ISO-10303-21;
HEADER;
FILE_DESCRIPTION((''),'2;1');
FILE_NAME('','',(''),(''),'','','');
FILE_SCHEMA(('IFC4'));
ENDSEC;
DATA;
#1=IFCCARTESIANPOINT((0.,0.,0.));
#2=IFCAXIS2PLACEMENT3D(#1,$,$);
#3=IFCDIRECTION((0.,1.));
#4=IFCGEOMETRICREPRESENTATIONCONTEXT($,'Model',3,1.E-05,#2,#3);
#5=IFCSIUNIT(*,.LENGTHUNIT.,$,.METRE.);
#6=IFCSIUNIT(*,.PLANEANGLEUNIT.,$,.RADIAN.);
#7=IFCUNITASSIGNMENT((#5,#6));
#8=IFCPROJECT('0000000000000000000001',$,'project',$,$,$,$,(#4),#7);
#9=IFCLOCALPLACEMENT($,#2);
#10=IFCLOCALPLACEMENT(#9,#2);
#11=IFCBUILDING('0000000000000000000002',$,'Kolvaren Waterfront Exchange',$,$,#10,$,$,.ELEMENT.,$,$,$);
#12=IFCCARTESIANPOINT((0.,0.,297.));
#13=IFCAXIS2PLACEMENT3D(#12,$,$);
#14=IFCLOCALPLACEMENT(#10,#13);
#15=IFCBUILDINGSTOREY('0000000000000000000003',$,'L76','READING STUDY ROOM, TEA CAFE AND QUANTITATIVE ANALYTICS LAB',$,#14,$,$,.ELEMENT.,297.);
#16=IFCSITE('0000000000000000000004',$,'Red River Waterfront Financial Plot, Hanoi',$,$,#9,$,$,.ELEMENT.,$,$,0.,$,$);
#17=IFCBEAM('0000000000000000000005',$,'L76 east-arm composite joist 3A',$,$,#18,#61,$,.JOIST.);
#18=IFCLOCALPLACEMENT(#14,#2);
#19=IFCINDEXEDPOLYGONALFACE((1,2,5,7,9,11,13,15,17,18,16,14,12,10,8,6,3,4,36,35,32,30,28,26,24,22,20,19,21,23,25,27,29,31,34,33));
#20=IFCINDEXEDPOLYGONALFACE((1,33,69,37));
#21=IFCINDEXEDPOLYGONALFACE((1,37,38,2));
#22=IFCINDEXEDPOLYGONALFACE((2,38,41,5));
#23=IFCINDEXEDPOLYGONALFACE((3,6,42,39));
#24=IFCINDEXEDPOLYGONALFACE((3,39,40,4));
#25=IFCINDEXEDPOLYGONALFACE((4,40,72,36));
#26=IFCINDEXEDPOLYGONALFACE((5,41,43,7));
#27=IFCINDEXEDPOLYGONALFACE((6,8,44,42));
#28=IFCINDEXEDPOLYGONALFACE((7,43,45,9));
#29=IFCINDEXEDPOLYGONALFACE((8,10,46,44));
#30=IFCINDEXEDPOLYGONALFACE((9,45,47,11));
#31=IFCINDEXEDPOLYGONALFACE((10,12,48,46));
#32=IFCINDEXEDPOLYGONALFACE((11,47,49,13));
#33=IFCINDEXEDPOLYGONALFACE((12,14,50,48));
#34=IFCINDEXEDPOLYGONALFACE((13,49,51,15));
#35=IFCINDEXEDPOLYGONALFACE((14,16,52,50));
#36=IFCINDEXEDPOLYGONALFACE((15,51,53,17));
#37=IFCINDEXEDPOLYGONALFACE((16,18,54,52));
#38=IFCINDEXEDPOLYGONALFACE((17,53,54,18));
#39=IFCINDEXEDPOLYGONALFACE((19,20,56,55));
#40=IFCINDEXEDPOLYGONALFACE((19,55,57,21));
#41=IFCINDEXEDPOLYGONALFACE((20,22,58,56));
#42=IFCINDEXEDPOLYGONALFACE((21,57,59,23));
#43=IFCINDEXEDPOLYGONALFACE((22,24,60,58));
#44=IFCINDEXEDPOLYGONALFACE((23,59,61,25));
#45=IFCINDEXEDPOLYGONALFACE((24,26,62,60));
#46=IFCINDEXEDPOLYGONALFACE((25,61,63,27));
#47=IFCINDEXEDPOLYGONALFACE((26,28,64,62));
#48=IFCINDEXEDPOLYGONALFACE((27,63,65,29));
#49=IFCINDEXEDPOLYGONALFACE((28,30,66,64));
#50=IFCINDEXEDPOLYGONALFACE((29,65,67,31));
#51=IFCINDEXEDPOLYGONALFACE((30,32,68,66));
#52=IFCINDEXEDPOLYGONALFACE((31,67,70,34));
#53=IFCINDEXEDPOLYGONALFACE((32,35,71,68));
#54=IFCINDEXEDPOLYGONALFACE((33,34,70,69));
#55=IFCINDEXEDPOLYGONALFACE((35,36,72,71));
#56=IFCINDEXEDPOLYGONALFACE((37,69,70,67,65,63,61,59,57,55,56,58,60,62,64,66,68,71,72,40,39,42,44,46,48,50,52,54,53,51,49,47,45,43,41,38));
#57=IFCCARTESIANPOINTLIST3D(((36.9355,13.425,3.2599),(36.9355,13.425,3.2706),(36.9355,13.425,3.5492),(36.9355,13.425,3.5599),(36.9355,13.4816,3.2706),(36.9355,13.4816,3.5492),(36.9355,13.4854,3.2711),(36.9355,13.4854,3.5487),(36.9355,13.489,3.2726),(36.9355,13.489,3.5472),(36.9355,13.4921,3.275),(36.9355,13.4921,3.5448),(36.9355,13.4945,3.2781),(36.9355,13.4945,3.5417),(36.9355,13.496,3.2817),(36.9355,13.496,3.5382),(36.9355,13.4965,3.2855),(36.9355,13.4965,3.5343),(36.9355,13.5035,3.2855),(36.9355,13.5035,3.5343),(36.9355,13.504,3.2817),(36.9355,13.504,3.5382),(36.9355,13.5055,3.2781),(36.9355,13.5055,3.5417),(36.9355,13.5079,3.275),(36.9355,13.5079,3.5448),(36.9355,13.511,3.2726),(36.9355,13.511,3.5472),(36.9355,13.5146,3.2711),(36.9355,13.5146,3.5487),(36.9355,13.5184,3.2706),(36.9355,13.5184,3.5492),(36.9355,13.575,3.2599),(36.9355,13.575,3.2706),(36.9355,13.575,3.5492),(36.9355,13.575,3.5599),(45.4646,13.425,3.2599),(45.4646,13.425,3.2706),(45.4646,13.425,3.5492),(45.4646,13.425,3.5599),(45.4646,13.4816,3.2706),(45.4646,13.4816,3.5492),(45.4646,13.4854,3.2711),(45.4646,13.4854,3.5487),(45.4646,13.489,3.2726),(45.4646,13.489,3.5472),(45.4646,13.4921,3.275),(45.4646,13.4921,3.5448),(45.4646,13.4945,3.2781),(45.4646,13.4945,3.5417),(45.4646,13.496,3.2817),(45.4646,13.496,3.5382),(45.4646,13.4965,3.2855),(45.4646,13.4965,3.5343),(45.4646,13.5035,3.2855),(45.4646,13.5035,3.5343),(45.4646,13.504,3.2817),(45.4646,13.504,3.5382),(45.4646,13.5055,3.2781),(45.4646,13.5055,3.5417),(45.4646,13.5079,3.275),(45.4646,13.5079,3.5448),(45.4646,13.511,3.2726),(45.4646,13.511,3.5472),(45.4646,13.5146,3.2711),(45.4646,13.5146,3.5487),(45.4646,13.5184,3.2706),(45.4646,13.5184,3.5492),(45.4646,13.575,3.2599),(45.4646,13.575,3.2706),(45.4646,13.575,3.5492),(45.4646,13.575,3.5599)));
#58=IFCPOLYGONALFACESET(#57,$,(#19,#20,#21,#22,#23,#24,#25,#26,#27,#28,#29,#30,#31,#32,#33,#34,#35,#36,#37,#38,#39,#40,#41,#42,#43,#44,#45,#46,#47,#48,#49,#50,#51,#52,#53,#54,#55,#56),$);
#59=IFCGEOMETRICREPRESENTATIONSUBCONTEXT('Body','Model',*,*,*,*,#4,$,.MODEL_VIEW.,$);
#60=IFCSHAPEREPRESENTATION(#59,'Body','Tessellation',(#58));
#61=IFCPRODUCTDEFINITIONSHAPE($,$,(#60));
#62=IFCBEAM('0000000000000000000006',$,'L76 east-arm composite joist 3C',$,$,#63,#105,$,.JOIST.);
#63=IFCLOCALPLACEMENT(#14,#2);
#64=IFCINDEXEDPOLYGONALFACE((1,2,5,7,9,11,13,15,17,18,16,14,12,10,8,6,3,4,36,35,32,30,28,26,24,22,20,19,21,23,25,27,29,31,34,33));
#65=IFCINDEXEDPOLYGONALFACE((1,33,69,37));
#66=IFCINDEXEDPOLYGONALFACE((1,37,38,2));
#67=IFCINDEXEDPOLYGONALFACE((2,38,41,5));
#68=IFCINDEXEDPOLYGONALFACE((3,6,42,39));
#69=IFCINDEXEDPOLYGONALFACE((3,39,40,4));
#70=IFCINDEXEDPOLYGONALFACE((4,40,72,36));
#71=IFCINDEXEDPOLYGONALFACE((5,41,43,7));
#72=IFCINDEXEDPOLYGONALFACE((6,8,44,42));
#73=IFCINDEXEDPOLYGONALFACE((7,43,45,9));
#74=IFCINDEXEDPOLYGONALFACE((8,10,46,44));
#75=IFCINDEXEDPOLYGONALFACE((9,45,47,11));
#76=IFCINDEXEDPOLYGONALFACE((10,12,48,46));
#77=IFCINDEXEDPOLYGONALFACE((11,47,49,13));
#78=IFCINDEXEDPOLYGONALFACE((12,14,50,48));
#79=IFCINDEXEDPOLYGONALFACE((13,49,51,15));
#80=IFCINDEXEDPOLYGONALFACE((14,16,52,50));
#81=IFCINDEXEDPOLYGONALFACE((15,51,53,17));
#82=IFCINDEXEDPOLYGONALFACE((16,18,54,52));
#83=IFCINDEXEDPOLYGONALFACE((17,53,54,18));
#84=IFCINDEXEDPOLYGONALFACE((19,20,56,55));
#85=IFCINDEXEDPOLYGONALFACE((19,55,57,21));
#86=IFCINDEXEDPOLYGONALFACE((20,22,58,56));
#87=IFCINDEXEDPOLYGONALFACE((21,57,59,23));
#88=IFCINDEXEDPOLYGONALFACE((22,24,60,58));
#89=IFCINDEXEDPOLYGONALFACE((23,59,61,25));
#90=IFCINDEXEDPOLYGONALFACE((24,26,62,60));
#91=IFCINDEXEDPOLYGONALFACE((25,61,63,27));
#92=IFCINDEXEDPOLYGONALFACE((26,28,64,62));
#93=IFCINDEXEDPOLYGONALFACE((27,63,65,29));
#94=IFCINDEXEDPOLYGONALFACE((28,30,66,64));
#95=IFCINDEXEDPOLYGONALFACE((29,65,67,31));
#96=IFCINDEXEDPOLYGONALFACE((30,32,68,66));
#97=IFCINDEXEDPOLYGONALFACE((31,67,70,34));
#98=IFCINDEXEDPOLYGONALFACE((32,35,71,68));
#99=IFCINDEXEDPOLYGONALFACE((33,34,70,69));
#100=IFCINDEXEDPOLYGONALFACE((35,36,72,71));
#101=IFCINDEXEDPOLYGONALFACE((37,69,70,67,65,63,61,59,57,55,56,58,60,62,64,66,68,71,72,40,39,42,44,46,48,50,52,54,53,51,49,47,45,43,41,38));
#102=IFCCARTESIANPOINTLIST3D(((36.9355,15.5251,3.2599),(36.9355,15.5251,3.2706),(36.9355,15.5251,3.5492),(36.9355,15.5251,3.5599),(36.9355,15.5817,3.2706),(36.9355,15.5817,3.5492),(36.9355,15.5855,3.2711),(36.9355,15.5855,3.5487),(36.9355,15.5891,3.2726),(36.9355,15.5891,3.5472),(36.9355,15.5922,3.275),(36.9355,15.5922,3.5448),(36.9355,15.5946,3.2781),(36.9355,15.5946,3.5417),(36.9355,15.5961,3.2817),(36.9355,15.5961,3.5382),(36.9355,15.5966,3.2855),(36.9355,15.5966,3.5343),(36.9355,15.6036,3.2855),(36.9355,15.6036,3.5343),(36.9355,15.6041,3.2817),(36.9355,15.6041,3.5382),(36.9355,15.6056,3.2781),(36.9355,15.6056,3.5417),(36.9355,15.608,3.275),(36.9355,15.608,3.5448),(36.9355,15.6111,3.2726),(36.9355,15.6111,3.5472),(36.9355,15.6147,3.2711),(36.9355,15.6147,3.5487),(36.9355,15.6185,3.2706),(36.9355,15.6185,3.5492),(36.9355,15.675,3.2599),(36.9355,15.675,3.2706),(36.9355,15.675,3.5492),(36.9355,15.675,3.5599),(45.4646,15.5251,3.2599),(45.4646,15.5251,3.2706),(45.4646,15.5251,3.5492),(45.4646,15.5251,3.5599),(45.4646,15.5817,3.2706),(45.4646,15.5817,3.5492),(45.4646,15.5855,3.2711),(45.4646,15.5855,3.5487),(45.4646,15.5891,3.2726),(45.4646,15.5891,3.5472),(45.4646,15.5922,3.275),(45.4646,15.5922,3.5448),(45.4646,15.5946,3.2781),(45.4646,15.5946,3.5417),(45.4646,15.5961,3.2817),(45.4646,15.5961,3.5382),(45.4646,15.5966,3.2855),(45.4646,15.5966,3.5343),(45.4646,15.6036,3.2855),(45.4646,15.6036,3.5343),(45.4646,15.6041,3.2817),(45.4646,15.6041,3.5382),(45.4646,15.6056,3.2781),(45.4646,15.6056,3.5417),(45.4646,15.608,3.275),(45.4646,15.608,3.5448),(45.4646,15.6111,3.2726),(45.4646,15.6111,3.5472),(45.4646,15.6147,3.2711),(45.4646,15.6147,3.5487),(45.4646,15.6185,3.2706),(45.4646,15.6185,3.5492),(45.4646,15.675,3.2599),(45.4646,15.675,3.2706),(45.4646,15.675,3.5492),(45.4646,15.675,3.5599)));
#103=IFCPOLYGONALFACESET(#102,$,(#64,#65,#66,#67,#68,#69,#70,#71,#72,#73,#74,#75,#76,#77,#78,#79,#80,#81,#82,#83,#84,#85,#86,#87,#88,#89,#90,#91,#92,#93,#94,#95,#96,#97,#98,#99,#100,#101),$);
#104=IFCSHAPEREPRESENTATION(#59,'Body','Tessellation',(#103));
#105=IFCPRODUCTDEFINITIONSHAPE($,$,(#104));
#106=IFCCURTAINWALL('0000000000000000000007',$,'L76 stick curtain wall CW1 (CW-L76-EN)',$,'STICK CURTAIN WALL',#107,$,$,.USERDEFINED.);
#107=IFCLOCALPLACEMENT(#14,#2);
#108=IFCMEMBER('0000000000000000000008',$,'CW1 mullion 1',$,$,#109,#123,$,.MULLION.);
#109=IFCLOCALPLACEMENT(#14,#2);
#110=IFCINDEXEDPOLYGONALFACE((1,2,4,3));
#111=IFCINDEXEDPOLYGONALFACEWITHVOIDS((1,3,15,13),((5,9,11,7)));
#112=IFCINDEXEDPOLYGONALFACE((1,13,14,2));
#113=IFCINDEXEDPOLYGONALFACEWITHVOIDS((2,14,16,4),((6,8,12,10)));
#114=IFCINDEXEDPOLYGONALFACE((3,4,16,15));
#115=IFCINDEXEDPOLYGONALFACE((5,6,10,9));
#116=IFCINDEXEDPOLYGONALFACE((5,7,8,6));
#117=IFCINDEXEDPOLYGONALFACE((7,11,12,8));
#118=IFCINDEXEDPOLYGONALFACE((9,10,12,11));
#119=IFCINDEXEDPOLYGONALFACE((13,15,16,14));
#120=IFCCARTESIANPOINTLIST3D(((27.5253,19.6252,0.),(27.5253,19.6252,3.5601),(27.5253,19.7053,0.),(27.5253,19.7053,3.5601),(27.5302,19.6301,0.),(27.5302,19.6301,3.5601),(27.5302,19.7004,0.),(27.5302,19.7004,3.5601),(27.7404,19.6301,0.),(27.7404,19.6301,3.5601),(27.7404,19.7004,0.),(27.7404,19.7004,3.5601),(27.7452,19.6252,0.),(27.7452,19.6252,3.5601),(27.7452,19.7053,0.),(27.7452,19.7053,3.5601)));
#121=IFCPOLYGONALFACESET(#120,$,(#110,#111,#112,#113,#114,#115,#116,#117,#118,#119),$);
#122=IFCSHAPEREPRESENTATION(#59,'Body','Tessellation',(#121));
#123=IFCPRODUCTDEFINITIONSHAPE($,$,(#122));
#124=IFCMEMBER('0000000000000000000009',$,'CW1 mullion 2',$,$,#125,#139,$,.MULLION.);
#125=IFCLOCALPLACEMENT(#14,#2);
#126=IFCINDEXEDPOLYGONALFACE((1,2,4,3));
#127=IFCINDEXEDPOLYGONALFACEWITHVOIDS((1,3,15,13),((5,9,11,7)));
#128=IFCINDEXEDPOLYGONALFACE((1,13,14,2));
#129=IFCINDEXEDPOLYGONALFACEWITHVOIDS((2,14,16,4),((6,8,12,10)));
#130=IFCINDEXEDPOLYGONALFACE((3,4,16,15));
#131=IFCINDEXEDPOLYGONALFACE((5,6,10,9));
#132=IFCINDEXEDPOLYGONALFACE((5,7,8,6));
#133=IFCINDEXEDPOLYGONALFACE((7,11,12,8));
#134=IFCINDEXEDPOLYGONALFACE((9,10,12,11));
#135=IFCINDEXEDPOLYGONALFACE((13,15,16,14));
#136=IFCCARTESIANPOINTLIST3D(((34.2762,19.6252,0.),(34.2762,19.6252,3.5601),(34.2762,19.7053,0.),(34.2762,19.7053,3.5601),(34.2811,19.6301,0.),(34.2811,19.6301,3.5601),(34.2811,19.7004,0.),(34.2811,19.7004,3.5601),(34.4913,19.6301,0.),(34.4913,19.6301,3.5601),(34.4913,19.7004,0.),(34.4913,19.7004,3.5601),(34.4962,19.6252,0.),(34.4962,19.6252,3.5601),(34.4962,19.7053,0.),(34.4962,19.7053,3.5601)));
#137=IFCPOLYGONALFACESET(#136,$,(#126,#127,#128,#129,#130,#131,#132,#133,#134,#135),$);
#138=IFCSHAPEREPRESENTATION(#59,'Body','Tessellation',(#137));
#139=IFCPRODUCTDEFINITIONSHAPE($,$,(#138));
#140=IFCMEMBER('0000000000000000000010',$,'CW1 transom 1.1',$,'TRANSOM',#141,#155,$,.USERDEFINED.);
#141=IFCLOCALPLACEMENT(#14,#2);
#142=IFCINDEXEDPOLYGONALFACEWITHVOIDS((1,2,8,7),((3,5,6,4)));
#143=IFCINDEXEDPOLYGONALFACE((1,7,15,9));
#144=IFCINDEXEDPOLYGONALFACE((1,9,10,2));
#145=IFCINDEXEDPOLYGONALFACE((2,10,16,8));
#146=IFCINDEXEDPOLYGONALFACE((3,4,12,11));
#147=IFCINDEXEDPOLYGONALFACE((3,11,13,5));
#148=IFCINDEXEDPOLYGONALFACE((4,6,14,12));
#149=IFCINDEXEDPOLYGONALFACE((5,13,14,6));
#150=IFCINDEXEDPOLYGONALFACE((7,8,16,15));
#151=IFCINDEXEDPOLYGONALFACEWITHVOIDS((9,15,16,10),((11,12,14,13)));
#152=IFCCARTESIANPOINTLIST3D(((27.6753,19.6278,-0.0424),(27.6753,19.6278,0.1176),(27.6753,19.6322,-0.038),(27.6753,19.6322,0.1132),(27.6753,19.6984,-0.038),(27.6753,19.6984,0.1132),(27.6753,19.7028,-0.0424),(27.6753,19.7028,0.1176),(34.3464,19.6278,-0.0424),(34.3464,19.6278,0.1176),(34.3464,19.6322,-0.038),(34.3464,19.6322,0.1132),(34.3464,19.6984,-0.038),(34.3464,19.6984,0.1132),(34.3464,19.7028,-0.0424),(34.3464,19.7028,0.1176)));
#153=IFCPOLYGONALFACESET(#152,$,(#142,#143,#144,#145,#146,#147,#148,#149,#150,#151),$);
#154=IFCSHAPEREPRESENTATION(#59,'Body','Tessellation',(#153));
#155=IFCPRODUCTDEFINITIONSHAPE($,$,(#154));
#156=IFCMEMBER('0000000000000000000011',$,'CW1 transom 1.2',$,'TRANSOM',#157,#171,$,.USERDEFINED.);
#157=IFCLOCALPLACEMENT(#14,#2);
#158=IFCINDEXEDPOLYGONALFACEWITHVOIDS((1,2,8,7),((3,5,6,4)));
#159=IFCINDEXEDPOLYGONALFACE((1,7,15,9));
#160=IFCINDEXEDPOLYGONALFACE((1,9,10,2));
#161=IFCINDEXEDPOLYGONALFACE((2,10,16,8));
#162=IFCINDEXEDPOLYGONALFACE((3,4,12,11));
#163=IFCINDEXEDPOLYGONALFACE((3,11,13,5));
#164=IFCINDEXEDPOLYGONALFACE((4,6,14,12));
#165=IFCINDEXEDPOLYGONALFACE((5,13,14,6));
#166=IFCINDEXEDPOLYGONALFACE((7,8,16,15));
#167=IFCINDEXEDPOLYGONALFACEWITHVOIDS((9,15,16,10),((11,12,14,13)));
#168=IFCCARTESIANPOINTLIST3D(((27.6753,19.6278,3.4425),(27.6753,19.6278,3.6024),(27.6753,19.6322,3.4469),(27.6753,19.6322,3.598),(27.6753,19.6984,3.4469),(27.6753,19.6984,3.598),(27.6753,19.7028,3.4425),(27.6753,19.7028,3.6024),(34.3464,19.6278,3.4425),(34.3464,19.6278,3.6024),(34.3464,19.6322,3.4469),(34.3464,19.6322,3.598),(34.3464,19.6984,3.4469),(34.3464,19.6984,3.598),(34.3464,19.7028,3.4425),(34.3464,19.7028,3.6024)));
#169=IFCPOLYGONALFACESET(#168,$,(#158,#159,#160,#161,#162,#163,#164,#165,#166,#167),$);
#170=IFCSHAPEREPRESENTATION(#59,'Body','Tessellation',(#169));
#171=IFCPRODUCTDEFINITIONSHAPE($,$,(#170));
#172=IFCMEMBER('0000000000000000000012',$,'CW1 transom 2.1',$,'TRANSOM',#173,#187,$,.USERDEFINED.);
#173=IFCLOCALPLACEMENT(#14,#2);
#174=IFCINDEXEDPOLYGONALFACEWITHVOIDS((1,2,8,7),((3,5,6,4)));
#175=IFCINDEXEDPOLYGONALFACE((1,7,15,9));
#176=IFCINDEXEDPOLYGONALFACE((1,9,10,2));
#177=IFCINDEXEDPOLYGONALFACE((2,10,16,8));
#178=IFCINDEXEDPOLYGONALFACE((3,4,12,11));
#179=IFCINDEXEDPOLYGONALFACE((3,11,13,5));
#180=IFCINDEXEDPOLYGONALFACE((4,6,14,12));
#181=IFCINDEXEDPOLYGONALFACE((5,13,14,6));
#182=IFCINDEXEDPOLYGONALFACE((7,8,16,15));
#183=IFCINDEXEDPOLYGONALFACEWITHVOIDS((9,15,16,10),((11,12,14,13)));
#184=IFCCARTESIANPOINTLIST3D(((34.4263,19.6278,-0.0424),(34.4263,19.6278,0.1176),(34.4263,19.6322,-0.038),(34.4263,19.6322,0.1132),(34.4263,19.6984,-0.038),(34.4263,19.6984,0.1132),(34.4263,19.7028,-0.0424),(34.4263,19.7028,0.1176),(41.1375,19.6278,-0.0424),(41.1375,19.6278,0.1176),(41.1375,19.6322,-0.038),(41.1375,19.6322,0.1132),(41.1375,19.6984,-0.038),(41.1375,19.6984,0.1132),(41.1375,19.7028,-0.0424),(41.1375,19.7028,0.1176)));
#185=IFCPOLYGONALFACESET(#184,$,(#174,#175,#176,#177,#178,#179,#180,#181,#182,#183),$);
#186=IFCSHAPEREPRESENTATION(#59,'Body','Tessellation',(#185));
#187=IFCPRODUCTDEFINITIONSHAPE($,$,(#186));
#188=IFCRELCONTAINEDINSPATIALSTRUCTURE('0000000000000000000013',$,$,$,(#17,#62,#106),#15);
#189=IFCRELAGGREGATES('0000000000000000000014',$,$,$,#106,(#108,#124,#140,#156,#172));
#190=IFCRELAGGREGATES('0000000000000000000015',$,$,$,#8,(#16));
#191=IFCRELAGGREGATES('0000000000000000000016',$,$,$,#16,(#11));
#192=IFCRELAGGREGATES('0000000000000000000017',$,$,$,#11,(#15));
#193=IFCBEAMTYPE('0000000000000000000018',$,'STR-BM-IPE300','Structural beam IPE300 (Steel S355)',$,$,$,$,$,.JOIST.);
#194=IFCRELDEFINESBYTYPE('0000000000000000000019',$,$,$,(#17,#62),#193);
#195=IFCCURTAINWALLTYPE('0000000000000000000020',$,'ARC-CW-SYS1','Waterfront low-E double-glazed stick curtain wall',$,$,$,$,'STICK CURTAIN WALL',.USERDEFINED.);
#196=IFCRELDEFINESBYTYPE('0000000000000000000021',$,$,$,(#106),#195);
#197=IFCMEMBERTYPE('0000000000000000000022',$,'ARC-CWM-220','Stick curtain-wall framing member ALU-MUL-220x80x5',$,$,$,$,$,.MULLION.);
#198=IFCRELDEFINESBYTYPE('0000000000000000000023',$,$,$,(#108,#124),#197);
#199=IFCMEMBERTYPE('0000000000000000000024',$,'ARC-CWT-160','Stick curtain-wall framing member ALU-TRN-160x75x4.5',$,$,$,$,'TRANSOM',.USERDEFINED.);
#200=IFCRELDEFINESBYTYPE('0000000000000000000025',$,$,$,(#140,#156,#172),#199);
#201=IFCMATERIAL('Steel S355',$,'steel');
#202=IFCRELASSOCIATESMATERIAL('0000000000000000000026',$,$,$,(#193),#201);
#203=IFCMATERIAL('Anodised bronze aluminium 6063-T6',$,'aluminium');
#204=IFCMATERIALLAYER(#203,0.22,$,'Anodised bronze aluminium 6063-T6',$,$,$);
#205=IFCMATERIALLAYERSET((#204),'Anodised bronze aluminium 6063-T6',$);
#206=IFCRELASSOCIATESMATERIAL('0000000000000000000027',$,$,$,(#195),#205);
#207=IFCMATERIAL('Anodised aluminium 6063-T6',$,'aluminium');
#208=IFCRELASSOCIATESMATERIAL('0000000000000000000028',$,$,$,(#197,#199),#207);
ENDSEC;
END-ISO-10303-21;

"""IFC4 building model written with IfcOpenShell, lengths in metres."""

from ifc_helpers import new_model, si_unit, direction, frame, origin, origin_with_axes, origin_2d, place, context, subcontext, project, spatial, hollow_rectangle, i_section, extrude, source, transform, mapped, material, layer, layer_set, material_profile, profile_set, type_object, element, aggregate, save


model = new_model("IFC4")

# Units and contexts
model_context = context("Model", 3, precision=1e-05, world=origin(), true_north=direction((0.0, 1.0)))
body_context = subcontext(model_context, "Body", "Model", "MODEL_VIEW")
ifc_project = project(units=[si_unit("LENGTHUNIT", "METRE"), si_unit("PLANEANGLEUNIT", "RADIAN")], contexts=[model_context])

# Site, building, storey
site_placement = place(None, origin())
site = spatial("IfcSite", under=ifc_project, at=site_placement, Name="Red River Waterfront Financial Plot, Hanoi", CompositionType="ELEMENT", RefElevation=0.0)
building_placement = place(site_placement, origin())
building = spatial("IfcBuilding", under=site, at=building_placement, Name="Kolvaren Waterfront Exchange", CompositionType="ELEMENT")
storey_placement = place(building_placement, frame((0.0, 0.0, 297.0)))
storey = spatial("IfcBuildingStorey", under=building, at=storey_placement, Name="L76", Description="READING STUDY ROOM, TEA CAFE AND QUANTITATIVE ANALYTICS LAB", CompositionType="ELEMENT", Elevation=297.0)

# Beams
ifc_material_1 = material(Name="Steel S355", Category="steel")
ifc_material_profile_1 = material_profile(ifc_material_1, i_section(OverallWidth=0.1499, OverallDepth=0.3, WebThickness=0.0071, FlangeThickness=0.0107, FilletRadius=0.0149, at=origin_2d()), Name="IPE300")
ifc_profile_set_1 = profile_set([ifc_material_profile_1], Name="Steel S355")
beam_type_1 = type_object("IfcBeamType", Name="STR-BM-IPE300", Description="Structural beam IPE300 (Steel S355)", PredefinedType="JOIST", material=ifc_profile_set_1)
for number, where, z_axis, x_axis, name in (
    (1, (36.9355, 13.5, 3.4099), (1.0, 0.0, 0.0), (0.0, 1.0, 0.0), "L76 east-arm composite joist 3A"),
    (2, (36.9355, 15.6001, 3.4099), (1.0, 0.0, 0.0), (0.0, 1.0, 0.0), "L76 east-arm composite joist 3C"),
):
    element("IfcBeam", number, at=place(storey_placement, frame(where, z_axis=z_axis, x_axis=x_axis)), inside=storey, type_object=beam_type_1, Name=name, PredefinedType="JOIST", context=body_context, shape_type="SweptSolid", body=[
        extrude(i_section(OverallWidth=0.1499, OverallDepth=0.3, WebThickness=0.0071, FlangeThickness=0.0107, FilletRadius=0.0149, at=origin_2d()), origin(), (0.0, 0.0, 1.0), 8.5291),
    ])

# Curtain wall, members
ifc_material_2 = material(Name="Anodised bronze aluminium 6063-T6", Category="aluminium")
ifc_layer_1 = layer(ifc_material_2, 0.22, Name="Anodised bronze aluminium 6063-T6")
ifc_layer_set_1 = layer_set([ifc_layer_1], Name="Anodised bronze aluminium 6063-T6")
curtain_wall_type = type_object("IfcCurtainWallType", Name="ARC-CW-SYS1", Description="Waterfront low-E double-glazed stick curtain wall", ElementType="STICK CURTAIN WALL", PredefinedType="USERDEFINED", material=ifc_layer_set_1)
curtain_wall_placement = place(storey_placement, origin())
curtain_wall = element("IfcCurtainWall", 3, at=curtain_wall_placement, inside=storey, type_object=curtain_wall_type, Name="L76 stick curtain wall CW1 (CW-L76-EN)", ObjectType="STICK CURTAIN WALL", PredefinedType="USERDEFINED")
ifc_material_3 = material(Name="Anodised aluminium 6063-T6", Category="aluminium")
ifc_material_profile_2 = material_profile(ifc_material_3, hollow_rectangle(XDim=0.0801, YDim=0.22, WallThickness=0.0049, at=origin_2d()), Name="ALU-MUL-220x80x5")
ifc_profile_set_2 = profile_set([ifc_material_profile_2], Name="Anodised aluminium 6063-T6")
member_type_1 = type_object("IfcMemberType", Name="ARC-CWM-220", Description="Stick curtain-wall framing member ALU-MUL-220x80x5", PredefinedType="MULLION", material=ifc_profile_set_2)
shared_shape_1 = source(origin_with_axes(), body_context, "Body", "SweptSolid", [
    extrude(hollow_rectangle(XDim=0.0801, YDim=0.22, WallThickness=0.0049, at=origin_2d()), origin(), (0.0, 0.0, 1.0), 3.5601),
])
member_1_placement = place(storey_placement, frame((27.6353, 19.6653, 0.0), z_axis=(0.0, 0.0, 1.0), x_axis=(0.0, 1.0, 0.0)))
member_1 = element("IfcMember", 4, at=member_1_placement, type_object=member_type_1, Name="CW1 mullion 1", PredefinedType="MULLION", context=body_context, shape_type="MappedRepresentation", body=[
    mapped(shared_shape_1, transform((0.0, 0.0, 0.0), x_axis=(1.0, 0.0, 0.0), y_axis=(0.0, 1.0, 0.0), z_axis=(0.0, 0.0, 1.0), scale=1.0)),
])
member_2_placement = place(storey_placement, frame((34.3862, 19.6653, 0.0), z_axis=(0.0, 0.0, 1.0), x_axis=(0.0, 1.0, 0.0)))
member_2 = element("IfcMember", 5, at=member_2_placement, type_object=member_type_1, Name="CW1 mullion 2", PredefinedType="MULLION", context=body_context, shape_type="MappedRepresentation", body=[
    mapped(shared_shape_1, transform((0.0, 0.0, 0.0), x_axis=(1.0, 0.0, 0.0), y_axis=(0.0, 1.0, 0.0), z_axis=(0.0, 0.0, 1.0), scale=1.0)),
])
ifc_material_profile_3 = material_profile(ifc_material_3, hollow_rectangle(XDim=0.075, YDim=0.1599, WallThickness=0.0044, at=origin_2d()), Name="ALU-TRN-160x75x4.5")
ifc_profile_set_3 = profile_set([ifc_material_profile_3], Name="Anodised aluminium 6063-T6")
member_type_2 = type_object("IfcMemberType", Name="ARC-CWT-160", Description="Stick curtain-wall framing member ALU-TRN-160x75x4.5", ElementType="TRANSOM", PredefinedType="USERDEFINED", material=ifc_profile_set_3)
shared_shape_2 = source(origin_with_axes(), body_context, "Body", "SweptSolid", [
    extrude(hollow_rectangle(XDim=0.075, YDim=0.1599, WallThickness=0.0044, at=origin_2d()), origin(), (0.0, 0.0, 1.0), 6.6711),
])
member_3_placement = place(storey_placement, frame((27.6753, 19.6653, 0.0376), z_axis=(1.0, 0.0, 0.0), x_axis=(0.0, 1.0, 0.0)))
member_3 = element("IfcMember", 6, at=member_3_placement, type_object=member_type_2, Name="CW1 transom 1.1", ObjectType="TRANSOM", PredefinedType="USERDEFINED", context=body_context, shape_type="MappedRepresentation", body=[
    mapped(shared_shape_2, transform((0.0, 0.0, 0.0), x_axis=(1.0, 0.0, 0.0), y_axis=(0.0, 1.0, 0.0), z_axis=(0.0, 0.0, 1.0), scale=1.0)),
])
member_4_placement = place(storey_placement, frame((27.6753, 19.6653, 3.5225), z_axis=(1.0, 0.0, 0.0), x_axis=(0.0, 1.0, 0.0)))
member_4 = element("IfcMember", 7, at=member_4_placement, type_object=member_type_2, Name="CW1 transom 1.2", ObjectType="TRANSOM", PredefinedType="USERDEFINED", context=body_context, shape_type="MappedRepresentation", body=[
    mapped(shared_shape_2, transform((0.0, 0.0, 0.0), x_axis=(1.0, 0.0, 0.0), y_axis=(0.0, 1.0, 0.0), z_axis=(0.0, 0.0, 1.0), scale=1.0)),
])
shared_shape_3 = source(origin_with_axes(), body_context, "Body", "SweptSolid", [
    extrude(hollow_rectangle(XDim=0.075, YDim=0.1599, WallThickness=0.0044, at=origin_2d()), origin(), (0.0, 0.0, 1.0), 6.7112),
])
member_5_placement = place(storey_placement, frame((34.4263, 19.6653, 0.0376), z_axis=(1.0, 0.0, 0.0), x_axis=(0.0, 1.0, 0.0)))
member_5 = element("IfcMember", 8, at=member_5_placement, type_object=member_type_2, Name="CW1 transom 2.1", ObjectType="TRANSOM", PredefinedType="USERDEFINED", context=body_context, shape_type="MappedRepresentation", body=[
    mapped(shared_shape_3, transform((0.0, 0.0, 0.0), x_axis=(1.0, 0.0, 0.0), y_axis=(0.0, 1.0, 0.0), z_axis=(0.0, 0.0, 1.0), scale=1.0)),
])
aggregate(curtain_wall, [member_1, member_2, member_3, member_4, member_5])

save(model, "model.ifc")
